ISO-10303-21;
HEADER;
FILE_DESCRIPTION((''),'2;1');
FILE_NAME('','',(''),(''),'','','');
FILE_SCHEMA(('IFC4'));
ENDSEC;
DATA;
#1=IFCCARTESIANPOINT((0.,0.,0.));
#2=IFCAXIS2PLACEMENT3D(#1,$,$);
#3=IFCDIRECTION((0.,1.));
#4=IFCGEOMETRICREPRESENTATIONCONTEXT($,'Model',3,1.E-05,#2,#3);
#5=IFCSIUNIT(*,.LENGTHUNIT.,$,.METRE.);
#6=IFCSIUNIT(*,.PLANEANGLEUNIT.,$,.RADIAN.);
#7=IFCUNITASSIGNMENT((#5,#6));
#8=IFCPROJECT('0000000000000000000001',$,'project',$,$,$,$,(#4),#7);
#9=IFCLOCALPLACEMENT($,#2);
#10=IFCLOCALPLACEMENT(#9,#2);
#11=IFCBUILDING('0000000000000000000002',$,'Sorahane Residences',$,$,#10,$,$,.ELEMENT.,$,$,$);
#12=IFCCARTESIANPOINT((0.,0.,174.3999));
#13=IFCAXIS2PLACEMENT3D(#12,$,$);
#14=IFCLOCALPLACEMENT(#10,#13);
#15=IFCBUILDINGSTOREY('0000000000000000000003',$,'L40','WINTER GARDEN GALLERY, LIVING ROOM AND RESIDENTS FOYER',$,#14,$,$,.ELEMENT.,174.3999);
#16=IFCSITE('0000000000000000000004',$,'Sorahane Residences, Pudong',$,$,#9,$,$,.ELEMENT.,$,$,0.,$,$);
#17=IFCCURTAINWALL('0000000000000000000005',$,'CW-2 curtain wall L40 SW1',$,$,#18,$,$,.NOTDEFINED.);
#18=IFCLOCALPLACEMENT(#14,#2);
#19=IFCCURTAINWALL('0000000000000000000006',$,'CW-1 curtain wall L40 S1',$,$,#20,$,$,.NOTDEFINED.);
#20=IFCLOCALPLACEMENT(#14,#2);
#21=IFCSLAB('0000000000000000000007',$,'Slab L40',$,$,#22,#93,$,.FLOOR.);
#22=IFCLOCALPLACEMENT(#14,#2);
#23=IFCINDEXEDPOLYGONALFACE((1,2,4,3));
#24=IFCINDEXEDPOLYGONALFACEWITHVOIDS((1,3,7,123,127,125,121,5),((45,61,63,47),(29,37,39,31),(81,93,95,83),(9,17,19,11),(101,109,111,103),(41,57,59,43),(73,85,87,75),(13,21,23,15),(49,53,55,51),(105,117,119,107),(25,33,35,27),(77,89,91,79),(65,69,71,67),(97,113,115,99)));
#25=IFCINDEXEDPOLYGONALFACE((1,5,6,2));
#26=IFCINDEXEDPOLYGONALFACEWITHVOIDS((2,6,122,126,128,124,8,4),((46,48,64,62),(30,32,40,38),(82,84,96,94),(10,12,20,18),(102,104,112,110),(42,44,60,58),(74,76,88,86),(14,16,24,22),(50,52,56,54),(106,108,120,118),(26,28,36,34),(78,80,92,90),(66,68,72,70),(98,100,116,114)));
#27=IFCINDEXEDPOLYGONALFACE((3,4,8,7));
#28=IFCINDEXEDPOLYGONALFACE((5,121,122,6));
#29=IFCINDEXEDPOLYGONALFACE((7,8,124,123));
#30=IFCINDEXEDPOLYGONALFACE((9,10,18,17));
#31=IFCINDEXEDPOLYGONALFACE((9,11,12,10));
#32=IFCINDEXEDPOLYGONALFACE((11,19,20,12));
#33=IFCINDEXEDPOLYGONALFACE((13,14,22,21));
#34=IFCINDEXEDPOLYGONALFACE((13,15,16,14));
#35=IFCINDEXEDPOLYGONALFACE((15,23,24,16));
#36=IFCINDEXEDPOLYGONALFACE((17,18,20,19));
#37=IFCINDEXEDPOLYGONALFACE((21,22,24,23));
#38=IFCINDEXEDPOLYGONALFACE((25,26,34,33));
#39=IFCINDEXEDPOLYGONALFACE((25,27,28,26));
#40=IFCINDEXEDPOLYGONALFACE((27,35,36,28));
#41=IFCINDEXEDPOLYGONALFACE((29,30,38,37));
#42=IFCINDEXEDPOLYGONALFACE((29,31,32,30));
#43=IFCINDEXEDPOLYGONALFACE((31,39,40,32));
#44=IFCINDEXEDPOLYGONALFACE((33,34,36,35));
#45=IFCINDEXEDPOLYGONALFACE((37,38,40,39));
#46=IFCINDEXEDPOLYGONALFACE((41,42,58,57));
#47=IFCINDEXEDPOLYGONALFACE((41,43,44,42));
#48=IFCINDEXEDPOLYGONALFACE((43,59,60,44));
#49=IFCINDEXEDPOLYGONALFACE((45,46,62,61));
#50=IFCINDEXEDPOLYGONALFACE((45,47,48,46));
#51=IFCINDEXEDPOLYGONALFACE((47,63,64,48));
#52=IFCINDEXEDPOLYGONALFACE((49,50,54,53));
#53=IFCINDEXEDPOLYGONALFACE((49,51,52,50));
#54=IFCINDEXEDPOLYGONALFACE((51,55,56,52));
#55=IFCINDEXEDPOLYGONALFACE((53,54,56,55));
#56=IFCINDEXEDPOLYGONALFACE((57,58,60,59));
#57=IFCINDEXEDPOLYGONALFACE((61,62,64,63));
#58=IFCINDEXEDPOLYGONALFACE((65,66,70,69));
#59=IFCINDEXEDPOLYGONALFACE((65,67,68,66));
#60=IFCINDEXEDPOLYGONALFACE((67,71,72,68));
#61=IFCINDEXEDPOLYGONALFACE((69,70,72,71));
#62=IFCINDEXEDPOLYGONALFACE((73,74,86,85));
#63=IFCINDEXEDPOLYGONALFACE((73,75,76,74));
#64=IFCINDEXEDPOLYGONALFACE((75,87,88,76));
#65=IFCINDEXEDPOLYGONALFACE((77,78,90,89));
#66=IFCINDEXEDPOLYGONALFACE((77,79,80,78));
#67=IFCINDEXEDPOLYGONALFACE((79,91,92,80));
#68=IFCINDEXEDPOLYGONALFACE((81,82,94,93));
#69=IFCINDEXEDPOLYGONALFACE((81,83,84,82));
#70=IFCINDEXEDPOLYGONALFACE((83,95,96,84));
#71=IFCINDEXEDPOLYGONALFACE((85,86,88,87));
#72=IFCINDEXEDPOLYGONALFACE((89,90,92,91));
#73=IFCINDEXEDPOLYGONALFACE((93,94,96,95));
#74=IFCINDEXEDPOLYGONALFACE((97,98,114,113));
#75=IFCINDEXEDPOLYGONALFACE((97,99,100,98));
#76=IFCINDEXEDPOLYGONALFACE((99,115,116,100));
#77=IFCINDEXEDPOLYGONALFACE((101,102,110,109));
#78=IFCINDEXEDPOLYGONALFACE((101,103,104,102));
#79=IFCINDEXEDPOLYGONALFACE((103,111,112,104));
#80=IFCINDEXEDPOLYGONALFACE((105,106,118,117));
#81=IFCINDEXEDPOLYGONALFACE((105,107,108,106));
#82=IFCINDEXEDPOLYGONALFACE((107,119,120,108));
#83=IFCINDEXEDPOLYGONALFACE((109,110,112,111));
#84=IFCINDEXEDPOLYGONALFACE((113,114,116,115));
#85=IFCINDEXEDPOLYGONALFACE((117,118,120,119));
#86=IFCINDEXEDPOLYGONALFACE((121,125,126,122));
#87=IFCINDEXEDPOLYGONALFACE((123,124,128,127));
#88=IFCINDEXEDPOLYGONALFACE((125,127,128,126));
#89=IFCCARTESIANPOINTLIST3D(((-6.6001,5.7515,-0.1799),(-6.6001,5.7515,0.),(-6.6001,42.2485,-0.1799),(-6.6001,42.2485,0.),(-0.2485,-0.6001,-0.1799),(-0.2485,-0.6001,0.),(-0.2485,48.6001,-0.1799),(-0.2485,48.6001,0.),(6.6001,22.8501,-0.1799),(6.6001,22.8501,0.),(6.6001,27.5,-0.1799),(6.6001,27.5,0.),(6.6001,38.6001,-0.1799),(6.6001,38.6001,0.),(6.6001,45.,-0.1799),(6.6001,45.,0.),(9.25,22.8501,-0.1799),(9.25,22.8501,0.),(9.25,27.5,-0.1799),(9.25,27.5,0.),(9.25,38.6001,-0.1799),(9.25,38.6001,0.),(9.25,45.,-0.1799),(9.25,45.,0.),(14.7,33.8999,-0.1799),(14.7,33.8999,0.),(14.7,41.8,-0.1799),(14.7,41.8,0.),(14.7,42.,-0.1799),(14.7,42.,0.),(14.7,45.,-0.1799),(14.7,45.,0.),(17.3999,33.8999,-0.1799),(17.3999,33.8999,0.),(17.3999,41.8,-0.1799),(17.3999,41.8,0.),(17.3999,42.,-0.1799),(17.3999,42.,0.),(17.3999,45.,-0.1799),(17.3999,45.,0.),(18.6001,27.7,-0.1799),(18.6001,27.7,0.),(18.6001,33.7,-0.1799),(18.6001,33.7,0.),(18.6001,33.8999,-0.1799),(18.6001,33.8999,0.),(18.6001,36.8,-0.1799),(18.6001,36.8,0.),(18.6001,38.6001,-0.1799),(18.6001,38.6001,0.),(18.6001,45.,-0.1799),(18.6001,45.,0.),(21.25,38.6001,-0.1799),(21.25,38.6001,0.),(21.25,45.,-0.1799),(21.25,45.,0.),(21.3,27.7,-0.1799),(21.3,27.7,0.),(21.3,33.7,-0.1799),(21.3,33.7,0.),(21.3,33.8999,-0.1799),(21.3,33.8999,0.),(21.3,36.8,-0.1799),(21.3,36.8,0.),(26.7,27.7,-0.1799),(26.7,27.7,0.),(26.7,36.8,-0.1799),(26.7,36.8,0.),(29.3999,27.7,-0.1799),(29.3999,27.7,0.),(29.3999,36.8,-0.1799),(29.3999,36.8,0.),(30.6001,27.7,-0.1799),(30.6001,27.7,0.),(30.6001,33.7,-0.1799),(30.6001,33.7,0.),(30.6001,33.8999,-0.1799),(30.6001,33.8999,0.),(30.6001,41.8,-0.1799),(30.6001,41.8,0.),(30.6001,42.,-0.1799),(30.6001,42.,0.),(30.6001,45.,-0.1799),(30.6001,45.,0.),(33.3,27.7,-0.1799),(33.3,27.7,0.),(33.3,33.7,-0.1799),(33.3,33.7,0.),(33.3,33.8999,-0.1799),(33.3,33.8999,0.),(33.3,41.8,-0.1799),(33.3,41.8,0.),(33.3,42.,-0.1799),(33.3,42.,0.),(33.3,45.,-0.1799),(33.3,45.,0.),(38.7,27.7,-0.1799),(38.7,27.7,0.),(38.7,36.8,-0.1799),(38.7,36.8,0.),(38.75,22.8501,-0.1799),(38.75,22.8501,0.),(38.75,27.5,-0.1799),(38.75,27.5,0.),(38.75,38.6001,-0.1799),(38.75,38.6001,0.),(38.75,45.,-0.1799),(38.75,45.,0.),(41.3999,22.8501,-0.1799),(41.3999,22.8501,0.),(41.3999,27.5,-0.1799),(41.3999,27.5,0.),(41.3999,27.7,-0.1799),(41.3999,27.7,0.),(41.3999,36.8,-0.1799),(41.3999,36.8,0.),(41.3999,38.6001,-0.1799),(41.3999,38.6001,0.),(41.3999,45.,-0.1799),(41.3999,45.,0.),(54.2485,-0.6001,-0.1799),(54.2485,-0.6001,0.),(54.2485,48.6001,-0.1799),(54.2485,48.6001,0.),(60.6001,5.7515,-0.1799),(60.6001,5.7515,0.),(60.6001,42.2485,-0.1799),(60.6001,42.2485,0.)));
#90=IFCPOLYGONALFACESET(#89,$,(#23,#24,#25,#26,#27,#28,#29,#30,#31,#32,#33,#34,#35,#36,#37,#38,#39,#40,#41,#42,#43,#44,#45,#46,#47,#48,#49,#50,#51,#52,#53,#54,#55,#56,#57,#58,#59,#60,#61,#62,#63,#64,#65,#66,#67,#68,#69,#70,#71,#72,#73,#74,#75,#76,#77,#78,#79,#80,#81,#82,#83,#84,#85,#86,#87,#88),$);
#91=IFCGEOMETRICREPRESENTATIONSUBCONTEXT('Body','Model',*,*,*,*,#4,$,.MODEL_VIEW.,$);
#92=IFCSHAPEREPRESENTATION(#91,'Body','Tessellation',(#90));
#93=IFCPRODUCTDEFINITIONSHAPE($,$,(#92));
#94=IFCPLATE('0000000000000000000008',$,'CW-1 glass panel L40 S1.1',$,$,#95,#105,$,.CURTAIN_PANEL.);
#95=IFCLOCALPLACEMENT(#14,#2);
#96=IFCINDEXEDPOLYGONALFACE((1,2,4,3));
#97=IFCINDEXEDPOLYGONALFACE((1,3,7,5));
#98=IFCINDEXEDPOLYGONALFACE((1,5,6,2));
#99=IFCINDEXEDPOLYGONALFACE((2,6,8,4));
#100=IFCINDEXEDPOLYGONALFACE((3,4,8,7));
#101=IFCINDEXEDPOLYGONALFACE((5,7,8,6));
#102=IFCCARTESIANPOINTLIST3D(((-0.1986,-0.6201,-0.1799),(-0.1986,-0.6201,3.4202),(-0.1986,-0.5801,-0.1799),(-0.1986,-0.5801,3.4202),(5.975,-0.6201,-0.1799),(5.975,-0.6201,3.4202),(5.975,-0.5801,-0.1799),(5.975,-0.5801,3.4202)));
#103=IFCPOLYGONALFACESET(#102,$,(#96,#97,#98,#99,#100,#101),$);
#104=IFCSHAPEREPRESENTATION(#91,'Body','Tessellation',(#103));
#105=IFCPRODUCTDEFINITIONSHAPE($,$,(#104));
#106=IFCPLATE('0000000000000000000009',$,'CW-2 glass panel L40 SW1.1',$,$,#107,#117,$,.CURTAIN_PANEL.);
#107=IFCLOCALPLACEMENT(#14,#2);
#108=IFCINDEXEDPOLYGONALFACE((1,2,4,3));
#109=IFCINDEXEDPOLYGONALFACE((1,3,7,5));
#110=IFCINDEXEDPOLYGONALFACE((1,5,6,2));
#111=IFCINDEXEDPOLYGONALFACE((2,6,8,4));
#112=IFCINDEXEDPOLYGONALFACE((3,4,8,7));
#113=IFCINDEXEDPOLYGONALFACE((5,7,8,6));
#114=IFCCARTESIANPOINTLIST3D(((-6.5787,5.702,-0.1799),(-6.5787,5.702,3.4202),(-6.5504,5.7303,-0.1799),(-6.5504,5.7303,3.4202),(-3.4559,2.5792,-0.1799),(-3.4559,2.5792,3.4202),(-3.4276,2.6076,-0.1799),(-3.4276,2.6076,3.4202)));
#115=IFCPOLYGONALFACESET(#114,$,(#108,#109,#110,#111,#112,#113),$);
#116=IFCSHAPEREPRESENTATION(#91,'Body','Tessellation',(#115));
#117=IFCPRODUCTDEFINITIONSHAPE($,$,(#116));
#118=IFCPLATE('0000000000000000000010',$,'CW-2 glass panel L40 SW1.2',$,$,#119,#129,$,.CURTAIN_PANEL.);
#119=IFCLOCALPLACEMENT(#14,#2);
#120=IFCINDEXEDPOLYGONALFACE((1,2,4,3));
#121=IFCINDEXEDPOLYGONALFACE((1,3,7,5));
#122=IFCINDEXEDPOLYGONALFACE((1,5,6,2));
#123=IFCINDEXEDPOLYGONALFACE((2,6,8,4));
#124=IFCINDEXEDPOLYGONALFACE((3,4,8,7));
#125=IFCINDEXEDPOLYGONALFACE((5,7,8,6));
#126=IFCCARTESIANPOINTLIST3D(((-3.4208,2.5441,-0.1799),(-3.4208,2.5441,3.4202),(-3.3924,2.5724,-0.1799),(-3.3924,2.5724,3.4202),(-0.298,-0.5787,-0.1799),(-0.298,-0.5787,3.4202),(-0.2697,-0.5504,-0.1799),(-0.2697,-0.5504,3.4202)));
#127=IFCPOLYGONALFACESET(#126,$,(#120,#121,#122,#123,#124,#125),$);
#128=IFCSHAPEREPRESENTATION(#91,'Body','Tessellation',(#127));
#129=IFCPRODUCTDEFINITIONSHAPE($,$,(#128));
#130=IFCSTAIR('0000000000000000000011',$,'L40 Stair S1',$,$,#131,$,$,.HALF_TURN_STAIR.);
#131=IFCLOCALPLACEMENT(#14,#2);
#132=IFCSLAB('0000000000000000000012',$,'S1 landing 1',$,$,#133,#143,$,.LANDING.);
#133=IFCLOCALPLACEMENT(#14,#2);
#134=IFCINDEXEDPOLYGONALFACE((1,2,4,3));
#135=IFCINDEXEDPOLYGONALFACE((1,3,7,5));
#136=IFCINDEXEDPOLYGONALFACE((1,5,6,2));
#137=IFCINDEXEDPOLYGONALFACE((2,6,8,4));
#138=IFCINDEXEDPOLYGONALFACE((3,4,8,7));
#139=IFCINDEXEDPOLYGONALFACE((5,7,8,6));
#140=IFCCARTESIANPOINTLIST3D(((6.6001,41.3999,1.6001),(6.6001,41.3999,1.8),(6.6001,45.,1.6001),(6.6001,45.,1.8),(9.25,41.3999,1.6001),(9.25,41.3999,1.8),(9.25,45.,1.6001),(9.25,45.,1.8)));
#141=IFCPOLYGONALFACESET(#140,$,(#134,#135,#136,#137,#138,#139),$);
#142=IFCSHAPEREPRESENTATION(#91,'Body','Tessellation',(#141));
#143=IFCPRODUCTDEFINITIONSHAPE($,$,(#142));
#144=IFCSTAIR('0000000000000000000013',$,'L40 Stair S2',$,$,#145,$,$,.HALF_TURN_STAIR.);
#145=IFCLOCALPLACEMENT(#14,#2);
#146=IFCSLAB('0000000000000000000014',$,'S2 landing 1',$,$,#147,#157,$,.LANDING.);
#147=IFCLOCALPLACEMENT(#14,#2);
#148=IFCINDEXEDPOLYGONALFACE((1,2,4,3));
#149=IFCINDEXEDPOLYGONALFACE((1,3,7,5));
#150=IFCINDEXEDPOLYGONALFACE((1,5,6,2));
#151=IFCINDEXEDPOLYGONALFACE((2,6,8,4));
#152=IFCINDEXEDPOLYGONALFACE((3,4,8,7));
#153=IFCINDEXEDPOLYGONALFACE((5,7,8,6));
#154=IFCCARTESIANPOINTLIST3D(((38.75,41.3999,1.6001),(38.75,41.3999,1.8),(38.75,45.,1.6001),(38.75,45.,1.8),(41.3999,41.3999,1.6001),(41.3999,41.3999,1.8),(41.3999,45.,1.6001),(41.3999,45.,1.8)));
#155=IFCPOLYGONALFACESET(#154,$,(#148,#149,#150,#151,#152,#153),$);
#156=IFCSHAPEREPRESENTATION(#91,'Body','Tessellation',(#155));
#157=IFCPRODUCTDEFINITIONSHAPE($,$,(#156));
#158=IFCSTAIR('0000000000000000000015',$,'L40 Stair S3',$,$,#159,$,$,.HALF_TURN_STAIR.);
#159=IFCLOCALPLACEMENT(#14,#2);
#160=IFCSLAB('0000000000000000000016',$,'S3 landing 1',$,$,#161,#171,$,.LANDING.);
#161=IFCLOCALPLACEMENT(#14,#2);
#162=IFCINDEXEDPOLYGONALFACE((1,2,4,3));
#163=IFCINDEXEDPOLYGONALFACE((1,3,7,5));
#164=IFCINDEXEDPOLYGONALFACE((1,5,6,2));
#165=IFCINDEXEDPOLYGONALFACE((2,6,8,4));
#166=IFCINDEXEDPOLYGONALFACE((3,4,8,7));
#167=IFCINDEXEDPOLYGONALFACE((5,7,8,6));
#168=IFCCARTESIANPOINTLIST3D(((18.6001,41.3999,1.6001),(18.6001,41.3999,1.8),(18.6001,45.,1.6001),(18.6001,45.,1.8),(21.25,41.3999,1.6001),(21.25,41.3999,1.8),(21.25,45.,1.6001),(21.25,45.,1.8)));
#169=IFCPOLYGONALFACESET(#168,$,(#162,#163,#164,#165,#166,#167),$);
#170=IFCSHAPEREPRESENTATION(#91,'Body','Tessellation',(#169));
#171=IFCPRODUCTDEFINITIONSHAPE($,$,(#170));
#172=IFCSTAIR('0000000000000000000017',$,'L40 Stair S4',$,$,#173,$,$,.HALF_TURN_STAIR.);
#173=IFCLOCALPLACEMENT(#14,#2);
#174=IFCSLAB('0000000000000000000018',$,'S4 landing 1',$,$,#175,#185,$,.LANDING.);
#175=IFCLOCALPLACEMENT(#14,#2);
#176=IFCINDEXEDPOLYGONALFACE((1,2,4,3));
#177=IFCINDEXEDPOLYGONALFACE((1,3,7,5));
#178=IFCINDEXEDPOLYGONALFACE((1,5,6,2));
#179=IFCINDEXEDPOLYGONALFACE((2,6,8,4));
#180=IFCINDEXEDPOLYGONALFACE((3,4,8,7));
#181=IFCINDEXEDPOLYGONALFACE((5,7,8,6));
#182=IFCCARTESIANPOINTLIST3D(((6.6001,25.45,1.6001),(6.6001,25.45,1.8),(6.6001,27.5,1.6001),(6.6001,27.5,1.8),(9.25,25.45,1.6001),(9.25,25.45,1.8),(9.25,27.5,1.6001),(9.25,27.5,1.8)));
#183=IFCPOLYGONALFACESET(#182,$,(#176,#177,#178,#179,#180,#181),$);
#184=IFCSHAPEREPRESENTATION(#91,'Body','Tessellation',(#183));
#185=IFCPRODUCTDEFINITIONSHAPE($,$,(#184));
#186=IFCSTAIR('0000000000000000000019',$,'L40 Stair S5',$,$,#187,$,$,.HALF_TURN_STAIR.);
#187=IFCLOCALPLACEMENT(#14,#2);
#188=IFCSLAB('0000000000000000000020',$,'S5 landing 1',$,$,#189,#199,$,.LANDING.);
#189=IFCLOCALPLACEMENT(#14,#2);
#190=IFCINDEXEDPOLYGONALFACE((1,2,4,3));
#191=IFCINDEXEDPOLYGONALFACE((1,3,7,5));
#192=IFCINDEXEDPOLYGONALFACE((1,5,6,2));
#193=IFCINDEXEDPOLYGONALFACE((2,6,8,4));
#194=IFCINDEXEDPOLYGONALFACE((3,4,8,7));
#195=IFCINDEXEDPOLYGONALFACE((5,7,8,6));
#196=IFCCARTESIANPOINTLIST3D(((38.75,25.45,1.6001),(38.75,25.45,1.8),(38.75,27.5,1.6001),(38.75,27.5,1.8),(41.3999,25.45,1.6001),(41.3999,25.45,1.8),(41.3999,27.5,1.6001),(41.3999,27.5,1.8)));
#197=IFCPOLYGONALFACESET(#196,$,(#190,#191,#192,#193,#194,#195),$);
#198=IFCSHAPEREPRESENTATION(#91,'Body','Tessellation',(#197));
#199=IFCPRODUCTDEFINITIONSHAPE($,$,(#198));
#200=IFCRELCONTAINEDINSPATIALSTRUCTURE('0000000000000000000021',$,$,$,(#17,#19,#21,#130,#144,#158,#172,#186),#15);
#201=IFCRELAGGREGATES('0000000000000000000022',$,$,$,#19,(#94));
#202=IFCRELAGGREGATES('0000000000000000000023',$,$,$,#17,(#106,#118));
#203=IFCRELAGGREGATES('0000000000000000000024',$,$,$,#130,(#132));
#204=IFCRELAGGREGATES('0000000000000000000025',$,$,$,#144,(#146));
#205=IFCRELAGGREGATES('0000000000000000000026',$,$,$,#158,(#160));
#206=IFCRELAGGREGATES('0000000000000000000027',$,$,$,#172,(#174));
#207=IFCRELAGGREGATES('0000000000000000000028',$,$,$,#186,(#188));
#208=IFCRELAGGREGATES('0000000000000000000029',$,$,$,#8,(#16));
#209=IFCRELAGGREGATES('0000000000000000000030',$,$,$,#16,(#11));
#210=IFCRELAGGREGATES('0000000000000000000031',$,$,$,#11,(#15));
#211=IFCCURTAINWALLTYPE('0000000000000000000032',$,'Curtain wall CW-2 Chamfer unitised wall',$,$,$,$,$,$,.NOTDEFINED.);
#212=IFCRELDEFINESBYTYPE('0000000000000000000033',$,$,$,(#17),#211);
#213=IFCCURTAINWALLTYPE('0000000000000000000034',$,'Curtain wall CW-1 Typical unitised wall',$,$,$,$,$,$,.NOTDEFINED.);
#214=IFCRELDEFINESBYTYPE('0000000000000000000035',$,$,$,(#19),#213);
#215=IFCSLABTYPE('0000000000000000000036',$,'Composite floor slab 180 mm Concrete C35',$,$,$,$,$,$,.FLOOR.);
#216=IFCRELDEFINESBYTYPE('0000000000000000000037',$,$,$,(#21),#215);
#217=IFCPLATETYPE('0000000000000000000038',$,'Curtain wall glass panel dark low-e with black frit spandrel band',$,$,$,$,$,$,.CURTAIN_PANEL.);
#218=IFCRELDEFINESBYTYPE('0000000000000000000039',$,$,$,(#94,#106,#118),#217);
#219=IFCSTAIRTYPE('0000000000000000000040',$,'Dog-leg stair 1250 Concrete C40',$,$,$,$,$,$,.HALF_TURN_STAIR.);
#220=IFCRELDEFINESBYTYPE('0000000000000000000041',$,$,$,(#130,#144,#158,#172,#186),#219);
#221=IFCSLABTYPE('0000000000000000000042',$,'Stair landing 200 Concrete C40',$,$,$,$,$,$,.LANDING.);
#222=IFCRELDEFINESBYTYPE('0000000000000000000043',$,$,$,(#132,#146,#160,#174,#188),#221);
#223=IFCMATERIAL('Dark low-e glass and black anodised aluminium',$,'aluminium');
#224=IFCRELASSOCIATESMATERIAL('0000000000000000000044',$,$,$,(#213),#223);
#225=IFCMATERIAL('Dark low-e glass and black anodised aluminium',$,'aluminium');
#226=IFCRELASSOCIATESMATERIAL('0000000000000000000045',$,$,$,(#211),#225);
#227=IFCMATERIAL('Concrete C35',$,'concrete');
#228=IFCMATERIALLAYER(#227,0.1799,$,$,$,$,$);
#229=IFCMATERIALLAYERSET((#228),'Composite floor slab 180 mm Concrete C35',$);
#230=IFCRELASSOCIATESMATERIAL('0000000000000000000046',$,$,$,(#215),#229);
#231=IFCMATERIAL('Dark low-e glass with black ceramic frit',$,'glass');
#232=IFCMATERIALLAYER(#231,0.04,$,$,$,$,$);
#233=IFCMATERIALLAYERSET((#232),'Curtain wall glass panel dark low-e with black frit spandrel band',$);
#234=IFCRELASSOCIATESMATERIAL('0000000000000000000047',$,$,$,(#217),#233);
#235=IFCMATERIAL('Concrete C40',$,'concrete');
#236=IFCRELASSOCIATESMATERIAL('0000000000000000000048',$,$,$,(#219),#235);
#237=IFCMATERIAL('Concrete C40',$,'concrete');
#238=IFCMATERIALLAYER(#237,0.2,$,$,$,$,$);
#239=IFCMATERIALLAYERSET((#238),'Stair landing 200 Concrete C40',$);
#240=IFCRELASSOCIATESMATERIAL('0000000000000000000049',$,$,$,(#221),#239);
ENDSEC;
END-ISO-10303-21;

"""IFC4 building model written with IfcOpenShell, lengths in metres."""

from ifc_helpers import new_model, si_unit, direction, frame, origin, origin_2d, place, context, subcontext, project, spatial, polyline, rectangle, outline, extrude, material, layer, layer_set, type_object, element, aggregate, save


model = new_model("IFC4")

# Units and contexts
model_context = context("Model", 3, precision=1e-05, world=origin(), true_north=direction((0.0, 1.0)))
body_context = subcontext(model_context, "Body", "Model", "MODEL_VIEW")
ifc_project = project(units=[si_unit("LENGTHUNIT", "METRE"), si_unit("PLANEANGLEUNIT", "RADIAN")], contexts=[model_context])

# Site, building, storey
site_placement = place(None, origin())
site = spatial("IfcSite", under=ifc_project, at=site_placement, Name="Sorahane Residences, Pudong", CompositionType="ELEMENT", RefElevation=0.0)
building_placement = place(site_placement, origin())
building = spatial("IfcBuilding", under=site, at=building_placement, Name="Sorahane Residences", CompositionType="ELEMENT")
storey_placement = place(building_placement, frame((0.0, 0.0, 174.3999)))
storey = spatial("IfcBuildingStorey", under=building, at=storey_placement, Name="L40", Description="WINTER GARDEN GALLERY, LIVING ROOM AND RESIDENTS FOYER", CompositionType="ELEMENT", Elevation=174.3999)

# Shared definitions
ifc_material_1 = material(Name="Dark low-e glass and black anodised aluminium", Category="aluminium")
curtain_wall_type_1 = type_object("IfcCurtainWallType", Name="Curtain wall CW-1 Typical unitised wall", PredefinedType="NOTDEFINED", material=ifc_material_1)

# Curtain wall
ifc_material_2 = material(Name="Dark low-e glass and black anodised aluminium", Category="aluminium")
curtain_wall_type_2 = type_object("IfcCurtainWallType", Name="Curtain wall CW-2 Chamfer unitised wall", PredefinedType="NOTDEFINED", material=ifc_material_2)
curtain_wall_1_placement = place(storey_placement, origin())
curtain_wall_1 = element("IfcCurtainWall", 1, at=curtain_wall_1_placement, inside=storey, type_object=curtain_wall_type_2, Name="CW-2 curtain wall L40 SW1", PredefinedType="NOTDEFINED")

# Curtain wall
curtain_wall_2_placement = place(storey_placement, origin())
curtain_wall_2 = element("IfcCurtainWall", 2, at=curtain_wall_2_placement, inside=storey, type_object=curtain_wall_type_1, Name="CW-1 curtain wall L40 S1", PredefinedType="NOTDEFINED")

# Slab
ifc_material_3 = material(Name="Concrete C35", Category="concrete")
ifc_layer_1 = layer(ifc_material_3, 0.1799)
ifc_layer_set_1 = layer_set([ifc_layer_1], Name="Composite floor slab 180 mm Concrete C35")
slab_type_1 = type_object("IfcSlabType", Name="Composite floor slab 180 mm Concrete C35", PredefinedType="FLOOR", material=ifc_layer_set_1)
slab_1_placement = place(storey_placement, frame((0.0, 0.0, -0.1799)))
element("IfcSlab", 3, at=slab_1_placement, inside=storey, type_object=slab_type_1, Name="Slab L40", PredefinedType="FLOOR", context=body_context, shape_type="SweptSolid", body=[
    extrude(outline(polyline([(-0.2485, -0.6001), (-6.6001, 5.7515), (-6.6001, 42.2485), (-0.2485, 48.6001), (54.2485, 48.6001), (60.6001, 42.2485), (60.6001, 5.7515), (54.2485, -0.6001), (-0.2485, -0.6001)]), holes=[polyline([(18.6001, 27.7), (21.3, 27.7), (21.3, 33.7), (18.6001, 33.7), (18.6001, 27.7)]), polyline([(38.7, 27.7), (41.3999, 27.7), (41.3999, 36.8), (38.7, 36.8), (38.7, 27.7)]), polyline([(30.6001, 27.7), (33.3, 27.7), (33.3, 33.7), (30.6001, 33.7), (30.6001, 27.7)]), polyline([(30.6001, 42.0), (33.3, 42.0), (33.3, 45.0), (30.6001, 45.0), (30.6001, 42.0)]), polyline([(14.7, 42.0), (17.3999, 42.0), (17.3999, 45.0), (14.7, 45.0), (14.7, 42.0)]), polyline([(9.25, 38.6001), (9.25, 45.0), (6.6001, 45.0), (6.6001, 38.6001), (9.25, 38.6001)]), polyline([(41.3999, 38.6001), (41.3999, 45.0), (38.75, 45.0), (38.75, 38.6001), (41.3999, 38.6001)]), polyline([(21.25, 38.6001), (21.25, 45.0), (18.6001, 45.0), (18.6001, 38.6001), (21.25, 38.6001)]), polyline([(9.25, 22.8501), (9.25, 27.5), (6.6001, 27.5), (6.6001, 22.8501), (9.25, 22.8501)]), polyline([(41.3999, 22.8501), (41.3999, 27.5), (38.75, 27.5), (38.75, 22.8501), (41.3999, 22.8501)]), polyline([(14.7, 33.8999), (17.3999, 33.8999), (17.3999, 41.8), (14.7, 41.8), (14.7, 33.8999)]), polyline([(30.6001, 33.8999), (33.3, 33.8999), (33.3, 41.8), (30.6001, 41.8), (30.6001, 33.8999)]), polyline([(18.6001, 33.8999), (21.3, 33.8999), (21.3, 36.8), (18.6001, 36.8), (18.6001, 33.8999)]), polyline([(26.7, 27.7), (29.3999, 27.7), (29.3999, 36.8), (26.7, 36.8), (26.7, 27.7)])]), origin(), (0.0, 0.0, 1.0), 0.1799),
])

# Plates
ifc_material_4 = material(Name="Dark low-e glass with black ceramic frit", Category="glass")
ifc_layer_2 = layer(ifc_material_4, 0.04)
ifc_layer_set_2 = layer_set([ifc_layer_2], Name="Curtain wall glass panel dark low-e with black frit spandrel band")
plate_type = type_object("IfcPlateType", Name="Curtain wall glass panel dark low-e with black frit spandrel band", PredefinedType="CURTAIN_PANEL", material=ifc_layer_set_2)
plate_1_placement = place(storey_placement, frame((2.8882, -0.6001, -0.1799), z_axis=(0.0, 0.0, 1.0), x_axis=(1.0, 0.0, 0.0)))
plate_1 = element("IfcPlate", 4, at=plate_1_placement, type_object=plate_type, Name="CW-1 glass panel L40 S1.1", PredefinedType="CURTAIN_PANEL", context=body_context, shape_type="SweptSolid", body=[
    extrude(rectangle(XDim=6.1736, YDim=0.04, at=origin_2d()), origin(), (0.0, 0.0, 1.0), 3.6001),
])
aggregate(curtain_wall_2, [plate_1])
plate_2_placement = place(storey_placement, frame((-5.0032, 4.1548, -0.1799), z_axis=(0.0, 0.0, 1.0), x_axis=(0.707107, -0.707107, 0.0)))
plate_2 = element("IfcPlate", 5, at=plate_2_placement, type_object=plate_type, Name="CW-2 glass panel L40 SW1.1", PredefinedType="CURTAIN_PANEL", context=body_context, shape_type="SweptSolid", body=[
    extrude(rectangle(XDim=4.4163, YDim=0.04, at=origin_2d()), origin(), (0.0, 0.0, 1.0), 3.6001),
])
plate_3_placement = place(storey_placement, frame((-1.8452, 0.9968, -0.1799), z_axis=(0.0, 0.0, 1.0), x_axis=(0.707107, -0.707107, 0.0)))
plate_3 = element("IfcPlate", 6, at=plate_3_placement, type_object=plate_type, Name="CW-2 glass panel L40 SW1.2", PredefinedType="CURTAIN_PANEL", context=body_context, shape_type="SweptSolid", body=[
    extrude(rectangle(XDim=4.4163, YDim=0.04, at=origin_2d()), origin(), (0.0, 0.0, 1.0), 3.6001),
])
aggregate(curtain_wall_1, [plate_2, plate_3])

# Stairs, slabs
ifc_material_5 = material(Name="Concrete C40", Category="concrete")
stair_type = type_object("IfcStairType", Name="Dog-leg stair 1250 Concrete C40", PredefinedType="HALF_TURN_STAIR", material=ifc_material_5)
stair_1_placement = place(storey_placement, origin())
stair_1 = element("IfcStair", 7, at=stair_1_placement, inside=storey, type_object=stair_type, Name="L40 Stair S1", PredefinedType="HALF_TURN_STAIR")
ifc_material_6 = material(Name="Concrete C40", Category="concrete")
ifc_layer_3 = layer(ifc_material_6, 0.2)
ifc_layer_set_3 = layer_set([ifc_layer_3], Name="Stair landing 200 Concrete C40")
slab_type_2 = type_object("IfcSlabType", Name="Stair landing 200 Concrete C40", PredefinedType="LANDING", material=ifc_layer_set_3)
slab_2_placement = place(storey_placement, frame((0.0, 0.0, 1.6001)))
slab_2 = element("IfcSlab", 8, at=slab_2_placement, type_object=slab_type_2, Name="S1 landing 1", PredefinedType="LANDING", context=body_context, shape_type="SweptSolid", body=[
    extrude(outline(polyline([(9.25, 41.3999), (9.25, 45.0), (6.6001, 45.0), (6.6001, 41.3999), (9.25, 41.3999)])), origin(), (0.0, 0.0, 1.0), 0.2),
])
aggregate(stair_1, [slab_2])
stair_2_placement = place(storey_placement, origin())
stair_2 = element("IfcStair", 9, at=stair_2_placement, inside=storey, type_object=stair_type, Name="L40 Stair S2", PredefinedType="HALF_TURN_STAIR")
slab_3_placement = place(storey_placement, frame((0.0, 0.0, 1.6001)))
slab_3 = element("IfcSlab", 10, at=slab_3_placement, type_object=slab_type_2, Name="S2 landing 1", PredefinedType="LANDING", context=body_context, shape_type="SweptSolid", body=[
    extrude(outline(polyline([(41.3999, 41.3999), (41.3999, 45.0), (38.75, 45.0), (38.75, 41.3999), (41.3999, 41.3999)])), origin(), (0.0, 0.0, 1.0), 0.2),
])
aggregate(stair_2, [slab_3])
stair_3_placement = place(storey_placement, origin())
stair_3 = element("IfcStair", 11, at=stair_3_placement, inside=storey, type_object=stair_type, Name="L40 Stair S3", PredefinedType="HALF_TURN_STAIR")
slab_4_placement = place(storey_placement, frame((0.0, 0.0, 1.6001)))
slab_4 = element("IfcSlab", 12, at=slab_4_placement, type_object=slab_type_2, Name="S3 landing 1", PredefinedType="LANDING", context=body_context, shape_type="SweptSolid", body=[
    extrude(outline(polyline([(21.25, 41.3999), (21.25, 45.0), (18.6001, 45.0), (18.6001, 41.3999), (21.25, 41.3999)])), origin(), (0.0, 0.0, 1.0), 0.2),
])
aggregate(stair_3, [slab_4])
stair_4_placement = place(storey_placement, origin())
stair_4 = element("IfcStair", 13, at=stair_4_placement, inside=storey, type_object=stair_type, Name="L40 Stair S4", PredefinedType="HALF_TURN_STAIR")
slab_5_placement = place(storey_placement, frame((0.0, 0.0, 1.6001)))
slab_5 = element("IfcSlab", 14, at=slab_5_placement, type_object=slab_type_2, Name="S4 landing 1", PredefinedType="LANDING", context=body_context, shape_type="SweptSolid", body=[
    extrude(outline(polyline([(9.25, 25.45), (9.25, 27.5), (6.6001, 27.5), (6.6001, 25.45), (9.25, 25.45)])), origin(), (0.0, 0.0, 1.0), 0.2),
])
aggregate(stair_4, [slab_5])
stair_5_placement = place(storey_placement, origin())
stair_5 = element("IfcStair", 15, at=stair_5_placement, inside=storey, type_object=stair_type, Name="L40 Stair S5", PredefinedType="HALF_TURN_STAIR")
slab_6_placement = place(storey_placement, frame((0.0, 0.0, 1.6001)))
slab_6 = element("IfcSlab", 16, at=slab_6_placement, type_object=slab_type_2, Name="S5 landing 1", PredefinedType="LANDING", context=body_context, shape_type="SweptSolid", body=[
    extrude(outline(polyline([(41.3999, 25.45), (41.3999, 27.5), (38.75, 27.5), (38.75, 25.45), (41.3999, 25.45)])), origin(), (0.0, 0.0, 1.0), 0.2),
])
aggregate(stair_5, [slab_6])

save(model, "model.ifc")
